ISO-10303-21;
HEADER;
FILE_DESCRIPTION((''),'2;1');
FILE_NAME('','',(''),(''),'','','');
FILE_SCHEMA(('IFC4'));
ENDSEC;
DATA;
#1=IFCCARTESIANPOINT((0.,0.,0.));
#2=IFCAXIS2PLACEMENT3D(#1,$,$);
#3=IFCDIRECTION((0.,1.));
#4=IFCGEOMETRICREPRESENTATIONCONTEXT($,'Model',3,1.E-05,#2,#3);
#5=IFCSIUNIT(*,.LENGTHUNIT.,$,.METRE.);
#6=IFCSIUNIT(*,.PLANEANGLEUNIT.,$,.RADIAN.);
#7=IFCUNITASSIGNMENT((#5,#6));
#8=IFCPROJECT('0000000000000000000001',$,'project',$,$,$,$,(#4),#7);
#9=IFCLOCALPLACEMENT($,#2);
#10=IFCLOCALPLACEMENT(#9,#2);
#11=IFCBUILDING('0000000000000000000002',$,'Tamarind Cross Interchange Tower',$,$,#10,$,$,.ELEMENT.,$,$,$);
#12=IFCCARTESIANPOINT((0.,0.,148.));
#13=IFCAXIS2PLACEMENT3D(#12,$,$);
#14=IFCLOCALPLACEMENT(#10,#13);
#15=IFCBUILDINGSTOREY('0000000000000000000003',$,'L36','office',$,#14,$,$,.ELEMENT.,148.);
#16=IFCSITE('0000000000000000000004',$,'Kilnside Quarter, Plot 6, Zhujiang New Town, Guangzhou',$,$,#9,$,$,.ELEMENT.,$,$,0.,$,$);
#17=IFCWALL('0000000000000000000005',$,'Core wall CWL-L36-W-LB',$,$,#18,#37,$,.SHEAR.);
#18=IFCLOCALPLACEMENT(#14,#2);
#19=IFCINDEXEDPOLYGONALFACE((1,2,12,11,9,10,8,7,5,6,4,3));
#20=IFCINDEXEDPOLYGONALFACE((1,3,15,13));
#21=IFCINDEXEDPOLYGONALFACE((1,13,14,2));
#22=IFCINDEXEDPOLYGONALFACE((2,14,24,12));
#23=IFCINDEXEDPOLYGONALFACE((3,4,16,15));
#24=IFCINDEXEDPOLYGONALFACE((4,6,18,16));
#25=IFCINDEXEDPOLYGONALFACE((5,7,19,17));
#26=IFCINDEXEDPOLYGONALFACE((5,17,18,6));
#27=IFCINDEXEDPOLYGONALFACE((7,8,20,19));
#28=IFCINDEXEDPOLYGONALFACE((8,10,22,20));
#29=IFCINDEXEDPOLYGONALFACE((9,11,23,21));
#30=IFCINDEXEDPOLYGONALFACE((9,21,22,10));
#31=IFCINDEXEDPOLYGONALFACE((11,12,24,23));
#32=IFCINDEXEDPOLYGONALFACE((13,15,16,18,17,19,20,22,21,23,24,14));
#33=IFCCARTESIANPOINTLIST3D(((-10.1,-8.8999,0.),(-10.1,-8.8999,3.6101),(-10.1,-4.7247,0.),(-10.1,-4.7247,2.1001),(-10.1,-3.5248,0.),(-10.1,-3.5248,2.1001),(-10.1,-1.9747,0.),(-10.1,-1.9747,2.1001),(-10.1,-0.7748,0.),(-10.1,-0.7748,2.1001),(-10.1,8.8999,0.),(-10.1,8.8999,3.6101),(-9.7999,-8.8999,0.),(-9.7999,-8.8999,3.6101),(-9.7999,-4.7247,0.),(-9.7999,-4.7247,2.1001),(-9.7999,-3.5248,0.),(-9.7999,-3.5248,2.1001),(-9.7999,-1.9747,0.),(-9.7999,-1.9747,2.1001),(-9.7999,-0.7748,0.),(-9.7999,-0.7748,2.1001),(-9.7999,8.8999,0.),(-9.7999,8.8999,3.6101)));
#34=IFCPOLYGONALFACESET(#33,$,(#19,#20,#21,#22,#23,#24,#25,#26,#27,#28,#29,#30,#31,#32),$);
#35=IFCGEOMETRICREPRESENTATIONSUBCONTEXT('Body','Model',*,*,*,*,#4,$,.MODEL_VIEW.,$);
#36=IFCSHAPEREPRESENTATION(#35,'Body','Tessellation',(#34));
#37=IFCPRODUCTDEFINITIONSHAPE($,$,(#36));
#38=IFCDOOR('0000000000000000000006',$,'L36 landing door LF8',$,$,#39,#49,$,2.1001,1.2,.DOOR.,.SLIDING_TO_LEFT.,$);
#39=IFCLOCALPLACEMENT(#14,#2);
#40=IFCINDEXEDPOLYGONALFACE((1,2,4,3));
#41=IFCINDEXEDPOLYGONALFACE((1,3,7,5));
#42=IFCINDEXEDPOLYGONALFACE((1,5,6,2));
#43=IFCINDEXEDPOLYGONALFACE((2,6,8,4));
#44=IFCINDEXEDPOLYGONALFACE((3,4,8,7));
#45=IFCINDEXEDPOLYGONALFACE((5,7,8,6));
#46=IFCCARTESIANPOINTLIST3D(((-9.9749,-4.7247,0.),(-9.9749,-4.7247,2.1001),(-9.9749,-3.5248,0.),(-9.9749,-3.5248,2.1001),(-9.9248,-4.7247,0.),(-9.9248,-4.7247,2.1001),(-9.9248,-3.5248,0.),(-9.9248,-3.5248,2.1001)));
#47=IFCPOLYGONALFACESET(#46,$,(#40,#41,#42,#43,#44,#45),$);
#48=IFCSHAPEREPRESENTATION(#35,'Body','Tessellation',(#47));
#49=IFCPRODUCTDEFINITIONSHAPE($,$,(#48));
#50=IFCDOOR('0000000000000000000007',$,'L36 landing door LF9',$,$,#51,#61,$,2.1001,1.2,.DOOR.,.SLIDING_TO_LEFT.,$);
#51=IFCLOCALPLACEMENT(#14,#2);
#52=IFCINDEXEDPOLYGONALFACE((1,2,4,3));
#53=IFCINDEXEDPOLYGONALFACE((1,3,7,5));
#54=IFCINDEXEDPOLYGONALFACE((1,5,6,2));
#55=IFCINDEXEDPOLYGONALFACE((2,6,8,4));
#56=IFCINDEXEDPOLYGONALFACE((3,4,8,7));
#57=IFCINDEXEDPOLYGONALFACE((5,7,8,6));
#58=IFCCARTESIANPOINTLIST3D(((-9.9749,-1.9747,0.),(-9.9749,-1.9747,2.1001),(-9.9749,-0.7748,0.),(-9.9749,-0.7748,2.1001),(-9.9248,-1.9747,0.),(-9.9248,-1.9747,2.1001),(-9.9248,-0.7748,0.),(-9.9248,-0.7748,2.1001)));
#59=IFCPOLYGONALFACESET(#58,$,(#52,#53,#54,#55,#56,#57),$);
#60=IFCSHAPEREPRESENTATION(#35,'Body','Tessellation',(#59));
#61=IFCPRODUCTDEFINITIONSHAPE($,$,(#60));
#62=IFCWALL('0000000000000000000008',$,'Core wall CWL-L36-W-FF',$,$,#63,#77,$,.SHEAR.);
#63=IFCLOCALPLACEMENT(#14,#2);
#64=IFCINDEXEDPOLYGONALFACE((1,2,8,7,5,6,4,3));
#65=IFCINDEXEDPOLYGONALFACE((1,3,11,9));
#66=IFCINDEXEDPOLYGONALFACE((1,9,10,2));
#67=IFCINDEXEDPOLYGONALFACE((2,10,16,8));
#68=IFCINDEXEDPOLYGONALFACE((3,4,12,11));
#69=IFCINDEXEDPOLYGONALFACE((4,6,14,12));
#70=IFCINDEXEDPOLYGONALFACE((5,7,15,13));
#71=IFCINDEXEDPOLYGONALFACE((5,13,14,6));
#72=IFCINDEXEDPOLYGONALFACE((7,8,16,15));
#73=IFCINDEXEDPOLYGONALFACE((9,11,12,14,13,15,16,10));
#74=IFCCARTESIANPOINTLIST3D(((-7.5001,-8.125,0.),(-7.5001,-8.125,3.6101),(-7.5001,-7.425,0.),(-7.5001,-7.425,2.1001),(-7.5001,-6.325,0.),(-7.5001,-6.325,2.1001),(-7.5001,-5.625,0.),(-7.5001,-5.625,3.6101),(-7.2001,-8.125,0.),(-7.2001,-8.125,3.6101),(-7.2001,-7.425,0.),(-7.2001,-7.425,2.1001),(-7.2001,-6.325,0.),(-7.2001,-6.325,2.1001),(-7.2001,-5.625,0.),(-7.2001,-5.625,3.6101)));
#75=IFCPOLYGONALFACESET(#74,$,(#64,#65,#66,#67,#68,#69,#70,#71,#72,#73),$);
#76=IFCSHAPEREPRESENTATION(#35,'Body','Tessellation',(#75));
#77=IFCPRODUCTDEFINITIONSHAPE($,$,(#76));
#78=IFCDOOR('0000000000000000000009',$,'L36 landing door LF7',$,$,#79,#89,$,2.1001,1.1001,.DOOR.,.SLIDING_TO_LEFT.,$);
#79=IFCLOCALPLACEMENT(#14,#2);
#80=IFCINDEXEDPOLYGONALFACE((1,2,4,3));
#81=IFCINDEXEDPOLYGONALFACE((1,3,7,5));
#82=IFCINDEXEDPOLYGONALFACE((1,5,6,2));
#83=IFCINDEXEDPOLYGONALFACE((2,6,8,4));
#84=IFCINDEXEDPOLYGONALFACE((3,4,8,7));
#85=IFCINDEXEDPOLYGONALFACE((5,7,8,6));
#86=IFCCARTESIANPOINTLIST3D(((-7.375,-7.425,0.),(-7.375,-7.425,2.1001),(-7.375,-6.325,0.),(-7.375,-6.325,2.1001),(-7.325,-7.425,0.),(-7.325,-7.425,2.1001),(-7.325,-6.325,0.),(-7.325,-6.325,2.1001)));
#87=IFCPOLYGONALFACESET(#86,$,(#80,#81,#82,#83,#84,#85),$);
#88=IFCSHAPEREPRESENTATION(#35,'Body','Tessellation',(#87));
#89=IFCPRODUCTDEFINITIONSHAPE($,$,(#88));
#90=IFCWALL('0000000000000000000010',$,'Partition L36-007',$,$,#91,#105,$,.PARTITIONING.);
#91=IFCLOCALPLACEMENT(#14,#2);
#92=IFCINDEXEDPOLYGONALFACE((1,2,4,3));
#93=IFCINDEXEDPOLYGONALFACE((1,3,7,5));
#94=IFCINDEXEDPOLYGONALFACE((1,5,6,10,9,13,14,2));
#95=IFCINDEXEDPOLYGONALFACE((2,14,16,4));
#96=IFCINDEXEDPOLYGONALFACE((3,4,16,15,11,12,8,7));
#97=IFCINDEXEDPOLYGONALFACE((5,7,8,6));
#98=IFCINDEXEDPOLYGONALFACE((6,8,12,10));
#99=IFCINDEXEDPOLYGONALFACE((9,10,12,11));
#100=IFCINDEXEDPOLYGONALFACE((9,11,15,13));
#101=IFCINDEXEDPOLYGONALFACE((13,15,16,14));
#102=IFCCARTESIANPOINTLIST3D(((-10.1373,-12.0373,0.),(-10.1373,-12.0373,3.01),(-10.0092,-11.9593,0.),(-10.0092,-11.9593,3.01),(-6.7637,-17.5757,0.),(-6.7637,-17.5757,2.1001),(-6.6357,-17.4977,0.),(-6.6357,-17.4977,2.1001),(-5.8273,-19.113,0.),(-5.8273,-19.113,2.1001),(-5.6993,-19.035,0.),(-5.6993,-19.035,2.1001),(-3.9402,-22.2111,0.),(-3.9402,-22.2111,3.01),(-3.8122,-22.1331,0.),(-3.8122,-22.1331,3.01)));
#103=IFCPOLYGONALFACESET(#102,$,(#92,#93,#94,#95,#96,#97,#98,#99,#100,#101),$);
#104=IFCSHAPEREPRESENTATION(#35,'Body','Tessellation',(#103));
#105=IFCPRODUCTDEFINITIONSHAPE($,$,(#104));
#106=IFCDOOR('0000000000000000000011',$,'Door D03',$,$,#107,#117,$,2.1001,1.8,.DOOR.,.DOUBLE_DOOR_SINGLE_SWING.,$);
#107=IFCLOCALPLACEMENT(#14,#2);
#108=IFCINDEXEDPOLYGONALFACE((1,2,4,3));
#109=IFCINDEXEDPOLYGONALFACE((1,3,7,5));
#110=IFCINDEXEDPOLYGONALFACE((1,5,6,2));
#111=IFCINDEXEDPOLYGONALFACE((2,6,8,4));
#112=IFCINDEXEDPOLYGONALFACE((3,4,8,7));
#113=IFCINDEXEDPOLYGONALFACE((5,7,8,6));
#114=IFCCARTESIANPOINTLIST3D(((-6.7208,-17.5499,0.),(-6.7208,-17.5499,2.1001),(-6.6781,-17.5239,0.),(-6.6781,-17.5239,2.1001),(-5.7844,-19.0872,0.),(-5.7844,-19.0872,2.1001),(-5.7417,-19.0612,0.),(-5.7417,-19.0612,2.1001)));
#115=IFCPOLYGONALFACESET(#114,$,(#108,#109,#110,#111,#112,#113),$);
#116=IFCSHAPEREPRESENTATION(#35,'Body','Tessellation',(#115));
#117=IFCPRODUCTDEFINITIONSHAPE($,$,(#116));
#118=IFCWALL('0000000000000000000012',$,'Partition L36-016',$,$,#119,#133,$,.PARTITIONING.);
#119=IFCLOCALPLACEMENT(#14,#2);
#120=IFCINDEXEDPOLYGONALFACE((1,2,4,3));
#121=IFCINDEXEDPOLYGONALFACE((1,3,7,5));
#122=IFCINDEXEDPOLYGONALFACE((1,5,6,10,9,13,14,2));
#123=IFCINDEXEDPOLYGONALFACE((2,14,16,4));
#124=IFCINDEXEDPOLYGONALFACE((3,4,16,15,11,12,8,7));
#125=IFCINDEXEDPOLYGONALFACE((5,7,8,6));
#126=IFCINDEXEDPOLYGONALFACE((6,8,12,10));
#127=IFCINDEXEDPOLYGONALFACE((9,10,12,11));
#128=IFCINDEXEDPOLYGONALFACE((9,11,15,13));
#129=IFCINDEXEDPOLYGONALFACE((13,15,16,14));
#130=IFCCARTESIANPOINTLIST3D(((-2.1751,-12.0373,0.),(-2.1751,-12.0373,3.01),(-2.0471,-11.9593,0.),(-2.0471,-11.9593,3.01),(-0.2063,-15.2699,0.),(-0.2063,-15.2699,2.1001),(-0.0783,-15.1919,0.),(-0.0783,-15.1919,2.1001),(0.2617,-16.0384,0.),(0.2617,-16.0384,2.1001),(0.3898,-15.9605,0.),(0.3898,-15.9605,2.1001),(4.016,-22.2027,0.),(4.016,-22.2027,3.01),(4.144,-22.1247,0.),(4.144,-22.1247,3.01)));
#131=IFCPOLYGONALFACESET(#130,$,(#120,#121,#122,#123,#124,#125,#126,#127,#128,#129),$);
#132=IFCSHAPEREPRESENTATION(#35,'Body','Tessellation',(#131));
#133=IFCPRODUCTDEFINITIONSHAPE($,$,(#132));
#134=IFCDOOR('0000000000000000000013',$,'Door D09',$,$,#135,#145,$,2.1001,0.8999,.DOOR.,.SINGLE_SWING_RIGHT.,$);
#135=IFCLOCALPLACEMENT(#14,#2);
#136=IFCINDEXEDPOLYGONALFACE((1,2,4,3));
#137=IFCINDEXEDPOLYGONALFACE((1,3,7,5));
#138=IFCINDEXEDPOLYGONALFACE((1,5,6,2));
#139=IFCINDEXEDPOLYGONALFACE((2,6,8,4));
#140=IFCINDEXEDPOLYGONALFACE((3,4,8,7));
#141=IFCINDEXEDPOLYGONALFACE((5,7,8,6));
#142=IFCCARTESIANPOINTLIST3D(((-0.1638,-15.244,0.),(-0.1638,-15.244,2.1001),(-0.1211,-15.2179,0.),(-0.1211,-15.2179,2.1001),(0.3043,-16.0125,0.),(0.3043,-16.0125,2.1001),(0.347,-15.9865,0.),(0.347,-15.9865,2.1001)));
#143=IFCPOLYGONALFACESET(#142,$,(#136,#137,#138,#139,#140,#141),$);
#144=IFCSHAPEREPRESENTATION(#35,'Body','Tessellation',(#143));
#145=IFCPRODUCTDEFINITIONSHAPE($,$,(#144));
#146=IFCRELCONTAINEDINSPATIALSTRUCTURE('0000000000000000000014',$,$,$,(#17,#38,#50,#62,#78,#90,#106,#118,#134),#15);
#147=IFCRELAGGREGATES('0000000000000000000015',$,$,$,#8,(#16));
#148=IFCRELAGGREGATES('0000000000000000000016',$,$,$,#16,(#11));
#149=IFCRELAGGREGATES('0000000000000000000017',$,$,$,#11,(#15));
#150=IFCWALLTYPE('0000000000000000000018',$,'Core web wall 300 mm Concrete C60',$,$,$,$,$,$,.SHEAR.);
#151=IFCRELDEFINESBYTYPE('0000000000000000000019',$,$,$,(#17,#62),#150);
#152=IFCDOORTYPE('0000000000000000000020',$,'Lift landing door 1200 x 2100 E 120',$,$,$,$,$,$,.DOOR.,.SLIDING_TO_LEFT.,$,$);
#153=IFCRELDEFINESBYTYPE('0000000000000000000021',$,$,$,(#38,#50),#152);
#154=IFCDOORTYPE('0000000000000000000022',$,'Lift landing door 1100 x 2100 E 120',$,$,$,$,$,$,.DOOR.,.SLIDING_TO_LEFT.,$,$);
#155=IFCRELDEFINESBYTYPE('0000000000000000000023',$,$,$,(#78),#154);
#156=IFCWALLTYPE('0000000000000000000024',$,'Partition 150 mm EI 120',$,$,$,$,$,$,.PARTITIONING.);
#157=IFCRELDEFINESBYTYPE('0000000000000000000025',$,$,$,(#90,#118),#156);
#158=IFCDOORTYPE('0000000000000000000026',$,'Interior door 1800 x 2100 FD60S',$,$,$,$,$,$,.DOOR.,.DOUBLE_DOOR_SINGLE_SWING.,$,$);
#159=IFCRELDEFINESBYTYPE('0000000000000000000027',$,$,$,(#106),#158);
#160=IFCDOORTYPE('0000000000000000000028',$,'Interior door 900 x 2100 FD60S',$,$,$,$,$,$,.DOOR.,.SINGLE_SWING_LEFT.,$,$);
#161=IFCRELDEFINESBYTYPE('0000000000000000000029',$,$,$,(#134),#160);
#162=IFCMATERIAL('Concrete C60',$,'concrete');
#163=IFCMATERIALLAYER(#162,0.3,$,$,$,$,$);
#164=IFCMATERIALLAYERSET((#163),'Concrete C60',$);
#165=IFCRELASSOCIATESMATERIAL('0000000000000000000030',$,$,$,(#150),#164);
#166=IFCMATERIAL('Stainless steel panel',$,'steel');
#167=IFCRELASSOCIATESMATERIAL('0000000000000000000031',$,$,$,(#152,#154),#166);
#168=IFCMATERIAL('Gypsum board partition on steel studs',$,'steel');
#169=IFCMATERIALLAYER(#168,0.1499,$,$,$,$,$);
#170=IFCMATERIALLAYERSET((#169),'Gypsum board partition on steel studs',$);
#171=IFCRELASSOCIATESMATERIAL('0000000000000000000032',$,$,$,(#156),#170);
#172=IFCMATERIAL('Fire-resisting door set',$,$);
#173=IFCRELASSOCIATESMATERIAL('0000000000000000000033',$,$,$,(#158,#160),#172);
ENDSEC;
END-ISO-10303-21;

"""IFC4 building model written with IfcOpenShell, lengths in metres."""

from ifc_helpers import new_model, si_unit, direction, frame, frame_2d, origin, place, context, subcontext, project, spatial, rectangle, extrude, material, layer, layer_set, type_object, element, fill, save


model = new_model("IFC4")

# Units and contexts
model_context = context("Model", 3, precision=1e-05, world=origin(), true_north=direction((0.0, 1.0)))
body_context = subcontext(model_context, "Body", "Model", "MODEL_VIEW")
ifc_project = project(units=[si_unit("LENGTHUNIT", "METRE"), si_unit("PLANEANGLEUNIT", "RADIAN")], contexts=[model_context])

# Site, building, storey
site_placement = place(None, origin())
site = spatial("IfcSite", under=ifc_project, at=site_placement, Name="Kilnside Quarter, Plot 6, Zhujiang New Town, Guangzhou", CompositionType="ELEMENT", RefElevation=0.0)
building_placement = place(site_placement, origin())
building = spatial("IfcBuilding", under=site, at=building_placement, Name="Tamarind Cross Interchange Tower", CompositionType="ELEMENT")
storey_placement = place(building_placement, frame((0.0, 0.0, 148.0)))
storey = spatial("IfcBuildingStorey", under=building, at=storey_placement, Name="L36", Description="office", CompositionType="ELEMENT", Elevation=148.0)

# Shared definitions
ifc_material_1 = material(Name="Concrete C60", Category="concrete")

# Shared definitions
ifc_layer_1 = layer(ifc_material_1, 0.3)
ifc_layer_set_1 = layer_set([ifc_layer_1], Name="Concrete C60")
wall_type_1 = type_object("IfcWallType", Name="Core web wall 300 mm Concrete C60", PredefinedType="SHEAR", material=ifc_layer_set_1)

# Wall, openings, doors
wall_1_placement = place(storey_placement, frame((-9.95, -8.8999, 0.0), z_axis=(0.0, 0.0, 1.0), x_axis=(0.0, 1.0, 0.0)))
wall_1 = element("IfcWall", 1, at=wall_1_placement, inside=storey, type_object=wall_type_1, Name="Core wall CWL-L36-W-LB", PredefinedType="SHEAR", context=body_context, shape_type="SweptSolid", body=[
    extrude(rectangle(XDim=17.7998, YDim=0.3, at=frame_2d((8.8999, 0.0))), origin(), (0.0, 0.0, 1.0), 3.6101),
])
opening_1_placement = place(wall_1_placement, frame((4.175, 0.0, 0.0)))
opening_1 = element("IfcOpeningElement", 2, at=opening_1_placement, cuts=wall_1, PredefinedType="OPENING", context=body_context, shape_type="SweptSolid", body=[
    extrude(rectangle(XDim=1.2, YDim=2.1001, at=frame_2d((0.6001, 1.05))), frame((0.0, 0.1599, 0.0), z_axis=(0.0, -1.0, 0.0), x_axis=(1.0, 0.0, 0.0)), (0.0, 0.0, 1.0), 0.3201),
])
opening_2_placement = place(wall_1_placement, frame((6.925, 0.0, 0.0)))
opening_2 = element("IfcOpeningElement", 3, at=opening_2_placement, cuts=wall_1, PredefinedType="OPENING", context=body_context, shape_type="SweptSolid", body=[
    extrude(rectangle(XDim=1.2, YDim=2.1001, at=frame_2d((0.6001, 1.05))), frame((0.0, 0.1599, 0.0), z_axis=(0.0, -1.0, 0.0), x_axis=(1.0, 0.0, 0.0)), (0.0, 0.0, 1.0), 0.3201),
])
ifc_material_2 = material(Name="Stainless steel panel", Category="steel")
door_type_1 = type_object("IfcDoorType", Name="Lift landing door 1200 x 2100 E 120", OperationType="SLIDING_TO_LEFT", PredefinedType="DOOR", material=ifc_material_2)
door_1_placement = place(opening_1_placement, origin())
door_1 = element("IfcDoor", 4, at=door_1_placement, inside=storey, type_object=door_type_1, Name="L36 landing door LF8", OperationType="SLIDING_TO_LEFT", OverallHeight=2.1001, OverallWidth=1.2, PredefinedType="DOOR", context=body_context, shape_type="SweptSolid", body=[
    extrude(rectangle(XDim=1.2, YDim=2.1001, at=frame_2d((0.6001, 1.05))), frame((0.0, 0.0249, 0.0), z_axis=(0.0, -1.0, 0.0), x_axis=(1.0, 0.0, 0.0)), (0.0, 0.0, 1.0), 0.05),
])
fill(opening_1, door_1)
door_2_placement = place(opening_2_placement, origin())
door_2 = element("IfcDoor", 5, at=door_2_placement, inside=storey, type_object=door_type_1, Name="L36 landing door LF9", OperationType="SLIDING_TO_LEFT", OverallHeight=2.1001, OverallWidth=1.2, PredefinedType="DOOR", context=body_context, shape_type="SweptSolid", body=[
    extrude(rectangle(XDim=1.2, YDim=2.1001, at=frame_2d((0.6001, 1.05))), frame((0.0, 0.0249, 0.0), z_axis=(0.0, -1.0, 0.0), x_axis=(1.0, 0.0, 0.0)), (0.0, 0.0, 1.0), 0.05),
])
fill(opening_2, door_2)

# Walls, openings, doors
wall_2_placement = place(storey_placement, frame((-7.3501, -8.125, 0.0), z_axis=(0.0, 0.0, 1.0), x_axis=(0.0, 1.0, 0.0)))
wall_2 = element("IfcWall", 6, at=wall_2_placement, inside=storey, type_object=wall_type_1, Name="Core wall CWL-L36-W-FF", PredefinedType="SHEAR", context=body_context, shape_type="SweptSolid", body=[
    extrude(rectangle(XDim=2.5, YDim=0.3, at=frame_2d((1.25, 0.0))), origin(), (0.0, 0.0, 1.0), 3.6101),
])
opening_3_placement = place(wall_2_placement, frame((0.7, 0.0, 0.0)))
opening_3 = element("IfcOpeningElement", 7, at=opening_3_placement, cuts=wall_2, PredefinedType="OPENING", context=body_context, shape_type="SweptSolid", body=[
    extrude(rectangle(XDim=1.1001, YDim=2.1001, at=frame_2d((0.55, 1.05))), frame((0.0, 0.1599, 0.0), z_axis=(0.0, -1.0, 0.0), x_axis=(1.0, 0.0, 0.0)), (0.0, 0.0, 1.0), 0.3201),
])
door_type_2 = type_object("IfcDoorType", Name="Lift landing door 1100 x 2100 E 120", OperationType="SLIDING_TO_LEFT", PredefinedType="DOOR", material=ifc_material_2)
door_3_placement = place(opening_3_placement, origin())
door_3 = element("IfcDoor", 8, at=door_3_placement, inside=storey, type_object=door_type_2, Name="L36 landing door LF7", OperationType="SLIDING_TO_LEFT", OverallHeight=2.1001, OverallWidth=1.1001, PredefinedType="DOOR", context=body_context, shape_type="SweptSolid", body=[
    extrude(rectangle(XDim=1.1001, YDim=2.1001, at=frame_2d((0.55, 1.05))), frame((0.0, 0.0249, 0.0), z_axis=(0.0, -1.0, 0.0), x_axis=(1.0, 0.0, 0.0)), (0.0, 0.0, 1.0), 0.05),
])
fill(opening_3, door_3)
ifc_material_3 = material(Name="Gypsum board partition on steel studs", Category="steel")
ifc_layer_2 = layer(ifc_material_3, 0.1499)
ifc_layer_set_2 = layer_set([ifc_layer_2], Name="Gypsum board partition on steel studs")
wall_type_2 = type_object("IfcWallType", Name="Partition 150 mm EI 120", PredefinedType="PARTITIONING", material=ifc_layer_set_2)
wall_3_placement = place(storey_placement, frame((-10.0732, -11.9983, 0.0), z_axis=(0.0, 0.0, 1.0), x_axis=(0.520208, -0.85404, 0.0)))
wall_3 = element("IfcWall", 9, at=wall_3_placement, inside=storey, type_object=wall_type_2, Name="Partition L36-007", PredefinedType="PARTITIONING", context=body_context, shape_type="SweptSolid", body=[
    extrude(rectangle(XDim=11.9126, YDim=0.1499, at=frame_2d((5.9563, 0.0))), origin(), (0.0, 0.0, 1.0), 3.01),
])
opening_4_placement = place(wall_3_placement, frame((6.4851, 0.0, 0.0)))
opening_4 = element("IfcOpeningElement", 10, at=opening_4_placement, cuts=wall_3, PredefinedType="OPENING", context=body_context, shape_type="SweptSolid", body=[
    extrude(rectangle(XDim=1.8, YDim=2.1001, at=frame_2d((0.8999, 1.05))), frame((0.0, 0.085, 0.0), z_axis=(0.0, -1.0, 0.0), x_axis=(1.0, 0.0, 0.0)), (0.0, 0.0, 1.0), 0.1699),
])
ifc_material_4 = material(Name="Fire-resisting door set")
door_type_3 = type_object("IfcDoorType", Name="Interior door 1800 x 2100 FD60S", OperationType="DOUBLE_DOOR_SINGLE_SWING", PredefinedType="DOOR", material=ifc_material_4)
door_4_placement = place(opening_4_placement, frame((1.8, 0.0, 0.0), z_axis=(0.0, 0.0, 1.0), x_axis=(-1.0, 0.0, 0.0)))
door_4 = element("IfcDoor", 11, at=door_4_placement, inside=storey, type_object=door_type_3, Name="Door D03", OperationType="DOUBLE_DOOR_SINGLE_SWING", OverallHeight=2.1001, OverallWidth=1.8, PredefinedType="DOOR", context=body_context, shape_type="SweptSolid", body=[
    extrude(rectangle(XDim=1.8, YDim=2.1001, at=frame_2d((0.8999, 1.05))), frame((0.0, 0.0249, 0.0), z_axis=(0.0, -1.0, 0.0), x_axis=(1.0, 0.0, 0.0)), (0.0, 0.0, 1.0), 0.05),
])
fill(opening_4, door_4)
wall_4_placement = place(storey_placement, frame((-2.1111, -11.9983, 0.0), z_axis=(0.0, 0.0, 1.0), x_axis=(0.520158, -0.85407, 0.0)))
wall_4 = element("IfcWall", 12, at=wall_4_placement, inside=storey, type_object=wall_type_2, Name="Partition L36-016", PredefinedType="PARTITIONING", context=body_context, shape_type="SweptSolid", body=[
    extrude(rectangle(XDim=11.9023, YDim=0.1499, at=frame_2d((5.9512, 0.0))), origin(), (0.0, 0.0, 1.0), 3.01),
])
opening_5_placement = place(wall_4_placement, frame((3.7849, 0.0, 0.0)))
opening_5 = element("IfcOpeningElement", 13, at=opening_5_placement, cuts=wall_4, PredefinedType="OPENING", context=body_context, shape_type="SweptSolid", body=[
    extrude(rectangle(XDim=0.8999, YDim=2.1001, at=frame_2d((0.45, 1.05))), frame((0.0, 0.085, 0.0), z_axis=(0.0, -1.0, 0.0), x_axis=(1.0, 0.0, 0.0)), (0.0, 0.0, 1.0), 0.1699),
])
door_type_4 = type_object("IfcDoorType", Name="Interior door 900 x 2100 FD60S", OperationType="SINGLE_SWING_LEFT", PredefinedType="DOOR", material=ifc_material_4)
door_5_placement = place(opening_5_placement, origin())
door_5 = element("IfcDoor", 14, at=door_5_placement, inside=storey, type_object=door_type_4, Name="Door D09", OperationType="SINGLE_SWING_RIGHT", OverallHeight=2.1001, OverallWidth=0.8999, PredefinedType="DOOR", context=body_context, shape_type="SweptSolid", body=[
    extrude(rectangle(XDim=0.8999, YDim=2.1001, at=frame_2d((0.45, 1.05))), frame((0.0, 0.0249, 0.0), z_axis=(0.0, -1.0, 0.0), x_axis=(1.0, 0.0, 0.0)), (0.0, 0.0, 1.0), 0.05),
])
fill(opening_5, door_5)

save(model, "model.ifc")
